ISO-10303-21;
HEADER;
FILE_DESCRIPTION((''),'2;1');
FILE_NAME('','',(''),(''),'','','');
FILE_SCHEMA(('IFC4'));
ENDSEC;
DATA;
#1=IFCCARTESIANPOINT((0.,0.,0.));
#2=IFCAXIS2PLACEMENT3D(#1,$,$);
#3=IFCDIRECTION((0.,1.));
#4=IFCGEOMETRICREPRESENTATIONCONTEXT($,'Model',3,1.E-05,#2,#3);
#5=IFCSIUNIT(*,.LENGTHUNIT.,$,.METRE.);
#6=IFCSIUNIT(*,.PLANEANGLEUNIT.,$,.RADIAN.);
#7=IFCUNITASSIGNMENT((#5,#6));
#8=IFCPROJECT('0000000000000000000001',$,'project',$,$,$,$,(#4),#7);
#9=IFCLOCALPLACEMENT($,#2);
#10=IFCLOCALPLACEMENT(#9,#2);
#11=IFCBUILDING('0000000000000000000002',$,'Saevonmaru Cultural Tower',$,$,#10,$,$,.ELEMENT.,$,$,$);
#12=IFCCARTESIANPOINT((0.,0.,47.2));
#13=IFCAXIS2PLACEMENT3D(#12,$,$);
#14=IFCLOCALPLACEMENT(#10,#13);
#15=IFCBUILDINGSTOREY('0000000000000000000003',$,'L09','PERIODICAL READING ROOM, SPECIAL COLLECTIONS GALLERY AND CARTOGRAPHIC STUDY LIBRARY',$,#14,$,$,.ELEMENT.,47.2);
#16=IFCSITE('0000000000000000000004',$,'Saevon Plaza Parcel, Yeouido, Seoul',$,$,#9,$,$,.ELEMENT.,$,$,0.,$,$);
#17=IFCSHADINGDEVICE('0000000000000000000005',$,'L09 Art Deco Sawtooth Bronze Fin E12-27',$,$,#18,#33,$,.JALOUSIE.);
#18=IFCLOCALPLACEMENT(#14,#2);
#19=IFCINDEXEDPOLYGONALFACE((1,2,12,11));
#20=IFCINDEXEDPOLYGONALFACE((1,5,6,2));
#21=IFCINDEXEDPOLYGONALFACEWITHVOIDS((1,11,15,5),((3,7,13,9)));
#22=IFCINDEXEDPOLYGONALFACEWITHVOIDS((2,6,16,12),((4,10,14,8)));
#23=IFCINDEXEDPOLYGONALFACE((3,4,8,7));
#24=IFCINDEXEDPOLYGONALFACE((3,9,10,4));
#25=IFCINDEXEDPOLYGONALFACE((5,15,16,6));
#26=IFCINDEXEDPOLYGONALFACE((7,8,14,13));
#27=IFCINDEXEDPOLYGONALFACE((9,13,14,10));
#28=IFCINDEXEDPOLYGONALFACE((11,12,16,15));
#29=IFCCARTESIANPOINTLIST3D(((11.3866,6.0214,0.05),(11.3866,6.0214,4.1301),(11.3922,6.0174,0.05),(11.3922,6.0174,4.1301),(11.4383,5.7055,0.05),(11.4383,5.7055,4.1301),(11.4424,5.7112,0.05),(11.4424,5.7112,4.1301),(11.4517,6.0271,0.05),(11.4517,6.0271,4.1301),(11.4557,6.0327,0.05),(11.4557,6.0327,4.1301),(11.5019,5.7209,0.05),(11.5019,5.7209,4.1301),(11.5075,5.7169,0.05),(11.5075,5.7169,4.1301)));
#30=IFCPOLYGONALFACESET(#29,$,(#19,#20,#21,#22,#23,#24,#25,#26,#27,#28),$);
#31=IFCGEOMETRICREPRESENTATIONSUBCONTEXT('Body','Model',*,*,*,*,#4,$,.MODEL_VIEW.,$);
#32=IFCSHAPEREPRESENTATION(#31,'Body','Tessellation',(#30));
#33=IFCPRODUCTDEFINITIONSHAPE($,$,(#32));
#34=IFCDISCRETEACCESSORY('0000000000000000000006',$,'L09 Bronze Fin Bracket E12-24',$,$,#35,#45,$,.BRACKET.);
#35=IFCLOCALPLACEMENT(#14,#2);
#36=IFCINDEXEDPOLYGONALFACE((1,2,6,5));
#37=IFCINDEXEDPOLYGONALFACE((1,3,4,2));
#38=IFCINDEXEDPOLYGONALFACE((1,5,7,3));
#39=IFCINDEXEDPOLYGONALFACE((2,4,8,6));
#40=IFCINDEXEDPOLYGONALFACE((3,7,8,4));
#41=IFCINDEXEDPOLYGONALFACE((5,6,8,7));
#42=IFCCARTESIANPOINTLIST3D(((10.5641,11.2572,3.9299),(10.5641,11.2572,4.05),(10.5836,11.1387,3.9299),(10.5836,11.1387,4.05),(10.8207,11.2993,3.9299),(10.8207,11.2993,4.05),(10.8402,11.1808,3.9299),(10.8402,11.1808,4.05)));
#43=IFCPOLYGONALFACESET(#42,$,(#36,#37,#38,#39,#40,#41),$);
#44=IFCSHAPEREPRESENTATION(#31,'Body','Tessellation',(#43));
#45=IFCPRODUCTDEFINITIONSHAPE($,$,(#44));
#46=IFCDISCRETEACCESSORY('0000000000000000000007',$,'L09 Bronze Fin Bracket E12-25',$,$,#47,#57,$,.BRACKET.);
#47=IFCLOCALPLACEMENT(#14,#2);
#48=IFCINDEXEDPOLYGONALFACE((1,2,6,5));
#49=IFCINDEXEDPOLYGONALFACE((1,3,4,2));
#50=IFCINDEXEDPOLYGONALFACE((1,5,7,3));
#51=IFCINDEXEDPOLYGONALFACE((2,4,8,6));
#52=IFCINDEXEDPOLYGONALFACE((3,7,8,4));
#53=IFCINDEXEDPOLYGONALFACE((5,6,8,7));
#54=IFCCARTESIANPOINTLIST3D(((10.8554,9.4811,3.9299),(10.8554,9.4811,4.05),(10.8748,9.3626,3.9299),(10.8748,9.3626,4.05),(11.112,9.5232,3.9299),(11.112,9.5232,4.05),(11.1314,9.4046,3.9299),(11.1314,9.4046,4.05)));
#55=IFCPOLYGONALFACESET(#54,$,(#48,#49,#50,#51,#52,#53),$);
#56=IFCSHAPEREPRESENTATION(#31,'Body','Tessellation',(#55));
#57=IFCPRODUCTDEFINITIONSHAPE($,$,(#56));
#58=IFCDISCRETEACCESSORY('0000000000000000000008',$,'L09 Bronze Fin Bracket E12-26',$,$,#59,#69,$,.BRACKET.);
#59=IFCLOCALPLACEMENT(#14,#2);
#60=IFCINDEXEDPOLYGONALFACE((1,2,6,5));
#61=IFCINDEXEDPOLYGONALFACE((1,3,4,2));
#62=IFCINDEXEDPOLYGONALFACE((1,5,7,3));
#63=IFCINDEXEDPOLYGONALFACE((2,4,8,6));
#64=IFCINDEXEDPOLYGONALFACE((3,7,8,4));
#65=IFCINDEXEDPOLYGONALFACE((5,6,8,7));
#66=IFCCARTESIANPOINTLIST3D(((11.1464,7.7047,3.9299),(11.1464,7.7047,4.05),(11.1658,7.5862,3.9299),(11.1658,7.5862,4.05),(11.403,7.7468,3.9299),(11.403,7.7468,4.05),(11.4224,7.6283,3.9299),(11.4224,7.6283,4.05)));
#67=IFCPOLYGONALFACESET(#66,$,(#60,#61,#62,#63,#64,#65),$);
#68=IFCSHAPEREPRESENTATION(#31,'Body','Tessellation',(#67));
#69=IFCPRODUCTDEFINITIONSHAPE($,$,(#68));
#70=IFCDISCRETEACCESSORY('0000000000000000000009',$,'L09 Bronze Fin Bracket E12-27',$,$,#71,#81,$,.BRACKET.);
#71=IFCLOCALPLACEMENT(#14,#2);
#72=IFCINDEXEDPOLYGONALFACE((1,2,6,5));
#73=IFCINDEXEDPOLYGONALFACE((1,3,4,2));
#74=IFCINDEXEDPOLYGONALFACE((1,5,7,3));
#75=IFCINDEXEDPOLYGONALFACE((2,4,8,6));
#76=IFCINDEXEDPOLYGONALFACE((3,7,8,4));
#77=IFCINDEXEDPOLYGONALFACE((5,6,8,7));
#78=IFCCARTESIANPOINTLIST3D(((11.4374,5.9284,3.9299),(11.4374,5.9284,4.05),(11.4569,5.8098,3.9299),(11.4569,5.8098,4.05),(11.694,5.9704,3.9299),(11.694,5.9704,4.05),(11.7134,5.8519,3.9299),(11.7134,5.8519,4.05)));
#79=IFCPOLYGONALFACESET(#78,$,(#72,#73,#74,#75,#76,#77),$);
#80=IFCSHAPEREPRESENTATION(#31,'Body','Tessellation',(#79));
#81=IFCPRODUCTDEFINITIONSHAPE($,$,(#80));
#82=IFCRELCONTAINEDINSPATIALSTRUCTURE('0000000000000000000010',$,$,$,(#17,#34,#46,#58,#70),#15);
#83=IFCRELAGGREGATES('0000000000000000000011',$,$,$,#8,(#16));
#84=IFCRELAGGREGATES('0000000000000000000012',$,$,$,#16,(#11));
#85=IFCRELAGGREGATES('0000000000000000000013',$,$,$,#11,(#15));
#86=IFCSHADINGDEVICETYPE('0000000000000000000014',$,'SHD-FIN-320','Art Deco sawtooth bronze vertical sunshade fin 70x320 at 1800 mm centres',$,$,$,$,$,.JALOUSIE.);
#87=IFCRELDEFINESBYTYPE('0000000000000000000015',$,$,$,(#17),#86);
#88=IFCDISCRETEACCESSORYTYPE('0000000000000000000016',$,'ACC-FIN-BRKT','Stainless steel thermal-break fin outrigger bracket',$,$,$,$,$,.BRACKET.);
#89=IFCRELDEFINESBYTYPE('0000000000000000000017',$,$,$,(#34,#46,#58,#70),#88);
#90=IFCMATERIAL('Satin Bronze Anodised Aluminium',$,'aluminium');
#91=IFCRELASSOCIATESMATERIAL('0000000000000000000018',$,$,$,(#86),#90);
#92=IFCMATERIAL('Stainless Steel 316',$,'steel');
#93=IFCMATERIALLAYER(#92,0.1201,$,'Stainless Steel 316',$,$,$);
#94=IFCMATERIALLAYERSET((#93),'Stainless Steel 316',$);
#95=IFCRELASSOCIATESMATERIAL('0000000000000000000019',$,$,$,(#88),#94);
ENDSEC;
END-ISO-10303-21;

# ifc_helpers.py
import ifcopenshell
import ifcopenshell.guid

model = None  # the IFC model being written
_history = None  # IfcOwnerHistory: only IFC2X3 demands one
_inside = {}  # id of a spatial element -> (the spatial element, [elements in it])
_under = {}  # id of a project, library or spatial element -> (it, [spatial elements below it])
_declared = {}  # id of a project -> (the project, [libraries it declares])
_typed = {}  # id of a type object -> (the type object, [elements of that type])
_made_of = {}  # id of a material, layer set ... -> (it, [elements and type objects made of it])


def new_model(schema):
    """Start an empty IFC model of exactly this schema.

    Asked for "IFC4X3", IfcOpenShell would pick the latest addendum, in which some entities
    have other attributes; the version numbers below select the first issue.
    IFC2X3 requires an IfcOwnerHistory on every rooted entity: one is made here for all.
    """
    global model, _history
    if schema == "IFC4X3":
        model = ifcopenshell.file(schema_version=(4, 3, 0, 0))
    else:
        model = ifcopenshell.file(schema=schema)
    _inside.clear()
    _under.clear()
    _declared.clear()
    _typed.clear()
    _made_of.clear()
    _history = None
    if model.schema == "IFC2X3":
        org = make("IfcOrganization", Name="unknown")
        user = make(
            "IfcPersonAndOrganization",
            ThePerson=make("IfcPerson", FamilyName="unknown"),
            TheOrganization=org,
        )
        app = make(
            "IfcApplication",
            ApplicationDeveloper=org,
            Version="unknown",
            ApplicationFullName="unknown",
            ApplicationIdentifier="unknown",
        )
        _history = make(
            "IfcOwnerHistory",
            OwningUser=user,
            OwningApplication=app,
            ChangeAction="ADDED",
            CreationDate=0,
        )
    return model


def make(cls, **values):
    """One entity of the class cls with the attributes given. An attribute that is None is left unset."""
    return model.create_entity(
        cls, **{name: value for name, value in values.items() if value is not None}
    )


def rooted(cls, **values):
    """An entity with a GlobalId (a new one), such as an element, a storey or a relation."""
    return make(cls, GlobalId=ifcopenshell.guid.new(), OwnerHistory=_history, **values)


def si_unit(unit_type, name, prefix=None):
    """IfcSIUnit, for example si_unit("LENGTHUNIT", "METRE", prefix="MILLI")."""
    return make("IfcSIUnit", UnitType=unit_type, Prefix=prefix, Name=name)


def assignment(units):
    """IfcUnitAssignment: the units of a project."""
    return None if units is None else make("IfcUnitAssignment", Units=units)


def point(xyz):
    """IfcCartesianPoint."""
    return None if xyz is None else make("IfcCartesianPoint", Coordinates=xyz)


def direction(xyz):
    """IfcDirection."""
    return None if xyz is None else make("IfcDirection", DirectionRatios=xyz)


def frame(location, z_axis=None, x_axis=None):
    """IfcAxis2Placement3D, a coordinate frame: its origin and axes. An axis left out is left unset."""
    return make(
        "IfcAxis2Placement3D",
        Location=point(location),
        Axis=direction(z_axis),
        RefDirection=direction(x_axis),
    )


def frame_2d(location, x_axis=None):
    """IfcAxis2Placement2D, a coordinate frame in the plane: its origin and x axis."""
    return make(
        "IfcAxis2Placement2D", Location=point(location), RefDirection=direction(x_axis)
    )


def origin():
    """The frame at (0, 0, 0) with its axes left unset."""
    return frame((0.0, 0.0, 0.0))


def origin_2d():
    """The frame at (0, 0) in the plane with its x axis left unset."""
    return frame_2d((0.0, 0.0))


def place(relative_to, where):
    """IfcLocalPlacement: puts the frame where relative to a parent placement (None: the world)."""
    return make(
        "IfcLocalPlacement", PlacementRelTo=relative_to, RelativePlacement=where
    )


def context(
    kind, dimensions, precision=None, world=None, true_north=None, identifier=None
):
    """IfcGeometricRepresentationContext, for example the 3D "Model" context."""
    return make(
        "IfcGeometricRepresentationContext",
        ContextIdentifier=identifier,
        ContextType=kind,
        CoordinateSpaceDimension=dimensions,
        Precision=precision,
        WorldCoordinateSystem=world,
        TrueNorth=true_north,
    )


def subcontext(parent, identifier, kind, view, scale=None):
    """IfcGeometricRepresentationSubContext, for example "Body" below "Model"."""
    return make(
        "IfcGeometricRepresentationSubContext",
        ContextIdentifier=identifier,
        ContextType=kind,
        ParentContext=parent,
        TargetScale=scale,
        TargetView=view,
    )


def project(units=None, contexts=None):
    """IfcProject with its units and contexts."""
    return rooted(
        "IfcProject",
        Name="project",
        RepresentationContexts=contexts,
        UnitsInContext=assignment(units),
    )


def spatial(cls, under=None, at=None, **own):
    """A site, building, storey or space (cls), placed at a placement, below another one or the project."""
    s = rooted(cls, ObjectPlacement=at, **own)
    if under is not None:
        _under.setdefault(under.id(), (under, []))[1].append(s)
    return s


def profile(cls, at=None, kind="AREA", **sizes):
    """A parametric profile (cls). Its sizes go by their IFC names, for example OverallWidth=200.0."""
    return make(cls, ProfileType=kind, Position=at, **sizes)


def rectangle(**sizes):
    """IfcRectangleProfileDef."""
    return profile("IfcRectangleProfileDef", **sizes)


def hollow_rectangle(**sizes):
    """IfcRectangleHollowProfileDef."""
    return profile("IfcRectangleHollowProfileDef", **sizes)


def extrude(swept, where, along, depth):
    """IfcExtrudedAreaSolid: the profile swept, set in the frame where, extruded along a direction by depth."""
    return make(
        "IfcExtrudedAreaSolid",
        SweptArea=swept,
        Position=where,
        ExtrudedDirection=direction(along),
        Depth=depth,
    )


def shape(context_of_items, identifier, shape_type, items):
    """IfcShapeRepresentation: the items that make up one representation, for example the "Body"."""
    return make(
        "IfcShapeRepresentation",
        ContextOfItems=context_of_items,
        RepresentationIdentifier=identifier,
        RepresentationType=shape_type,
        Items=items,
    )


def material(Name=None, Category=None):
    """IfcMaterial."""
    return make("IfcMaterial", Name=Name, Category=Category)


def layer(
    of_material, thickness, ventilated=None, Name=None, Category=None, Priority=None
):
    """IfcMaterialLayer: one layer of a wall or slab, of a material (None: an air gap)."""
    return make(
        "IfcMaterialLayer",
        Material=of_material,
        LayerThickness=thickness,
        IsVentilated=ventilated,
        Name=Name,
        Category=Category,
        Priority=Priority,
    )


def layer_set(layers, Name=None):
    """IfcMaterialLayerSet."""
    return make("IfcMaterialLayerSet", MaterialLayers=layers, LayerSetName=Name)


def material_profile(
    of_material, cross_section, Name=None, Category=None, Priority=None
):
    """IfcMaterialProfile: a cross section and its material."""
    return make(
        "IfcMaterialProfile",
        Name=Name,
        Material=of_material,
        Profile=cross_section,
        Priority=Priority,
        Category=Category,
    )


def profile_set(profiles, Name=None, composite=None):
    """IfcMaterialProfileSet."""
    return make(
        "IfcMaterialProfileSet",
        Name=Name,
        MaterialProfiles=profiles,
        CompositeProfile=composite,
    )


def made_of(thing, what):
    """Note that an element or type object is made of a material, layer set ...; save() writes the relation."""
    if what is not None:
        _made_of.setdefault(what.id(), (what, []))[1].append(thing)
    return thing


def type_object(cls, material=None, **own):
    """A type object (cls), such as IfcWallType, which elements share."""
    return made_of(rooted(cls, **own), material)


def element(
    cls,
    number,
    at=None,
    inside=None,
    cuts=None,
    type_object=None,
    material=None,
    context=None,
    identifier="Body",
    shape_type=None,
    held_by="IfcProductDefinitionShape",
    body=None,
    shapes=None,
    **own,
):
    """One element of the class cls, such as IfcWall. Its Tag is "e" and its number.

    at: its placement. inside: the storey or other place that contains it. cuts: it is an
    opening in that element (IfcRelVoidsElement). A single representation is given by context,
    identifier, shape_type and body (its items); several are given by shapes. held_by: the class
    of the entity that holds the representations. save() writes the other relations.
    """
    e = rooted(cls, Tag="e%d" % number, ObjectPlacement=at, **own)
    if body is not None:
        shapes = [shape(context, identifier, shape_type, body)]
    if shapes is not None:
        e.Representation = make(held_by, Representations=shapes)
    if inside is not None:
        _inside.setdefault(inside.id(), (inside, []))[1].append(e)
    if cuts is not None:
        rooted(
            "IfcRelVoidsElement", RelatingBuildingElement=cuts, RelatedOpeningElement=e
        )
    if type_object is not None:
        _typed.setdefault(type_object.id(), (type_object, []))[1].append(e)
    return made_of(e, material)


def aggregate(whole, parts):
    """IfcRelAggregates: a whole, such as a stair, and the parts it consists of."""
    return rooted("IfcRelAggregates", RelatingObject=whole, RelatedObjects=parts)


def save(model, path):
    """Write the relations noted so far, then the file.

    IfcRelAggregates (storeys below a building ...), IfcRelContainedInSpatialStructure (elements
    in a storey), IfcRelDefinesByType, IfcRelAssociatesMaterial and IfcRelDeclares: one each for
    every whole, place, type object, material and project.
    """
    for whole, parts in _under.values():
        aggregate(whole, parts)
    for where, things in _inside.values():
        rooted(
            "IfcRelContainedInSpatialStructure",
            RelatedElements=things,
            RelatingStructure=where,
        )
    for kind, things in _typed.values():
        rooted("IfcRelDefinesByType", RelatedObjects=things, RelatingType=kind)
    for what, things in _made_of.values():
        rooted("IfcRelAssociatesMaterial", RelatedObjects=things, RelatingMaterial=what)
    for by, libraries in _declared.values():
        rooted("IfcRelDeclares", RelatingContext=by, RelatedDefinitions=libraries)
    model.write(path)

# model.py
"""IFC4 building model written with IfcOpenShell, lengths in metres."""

from ifc_helpers import new_model, si_unit, direction, frame, origin, origin_2d, place, context, subcontext, project, spatial, rectangle, hollow_rectangle, extrude, material, layer, layer_set, material_profile, profile_set, type_object, element, save


model = new_model("IFC4")

# Units and contexts
model_context = context("Model", 3, precision=1e-05, world=origin(), true_north=direction((0.0, 1.0)))
body_context = subcontext(model_context, "Body", "Model", "MODEL_VIEW")
ifc_project = project(units=[si_unit("LENGTHUNIT", "METRE"), si_unit("PLANEANGLEUNIT", "RADIAN")], contexts=[model_context])

# Site, building, storey
site_placement = place(None, origin())
site = spatial("IfcSite", under=ifc_project, at=site_placement, Name="Saevon Plaza Parcel, Yeouido, Seoul", CompositionType="ELEMENT", RefElevation=0.0)
building_placement = place(site_placement, origin())
building = spatial("IfcBuilding", under=site, at=building_placement, Name="Saevonmaru Cultural Tower", CompositionType="ELEMENT")
storey_placement = place(building_placement, frame((0.0, 0.0, 47.2)))
storey = spatial("IfcBuildingStorey", under=building, at=storey_placement, Name="L09", Description="PERIODICAL READING ROOM, SPECIAL COLLECTIONS GALLERY AND CARTOGRAPHIC STUDY LIBRARY", CompositionType="ELEMENT", Elevation=47.2)

# Shared definitions
ifc_material_1 = material(Name="Satin Bronze Anodised Aluminium", Category="aluminium")

# Shading device
ifc_material_profile_1 = material_profile(ifc_material_1, hollow_rectangle(XDim=0.0701, YDim=0.3201, WallThickness=0.0049, at=origin_2d()), Name="FIN-320x70")
ifc_profile_set_1 = profile_set([ifc_material_profile_1], Name="Satin Bronze Anodised Aluminium")
shading_device_type = type_object("IfcShadingDeviceType", Name="SHD-FIN-320", Description="Art Deco sawtooth bronze vertical sunshade fin 70x320 at 1800 mm centres", PredefinedType="JALOUSIE", material=ifc_profile_set_1)
for number, where, z_axis, x_axis, name in (
    (1, (11.447, 5.8691, 0.05), (0.0, 0.0, 1.0), (-0.986827, -0.161776, 0.0), "L09 Art Deco Sawtooth Bronze Fin E12-27"),
):
    element("IfcShadingDevice", number, at=place(storey_placement, frame(where, z_axis=z_axis, x_axis=x_axis)), inside=storey, type_object=shading_device_type, Name=name, PredefinedType="JALOUSIE", context=body_context, shape_type="SweptSolid", body=[
        extrude(hollow_rectangle(XDim=0.0701, YDim=0.3201, WallThickness=0.0049, at=origin_2d()), origin(), (0.0, 0.0, 1.0), 4.0801),
    ])

# Discrete accessories
ifc_material_2 = material(Name="Stainless Steel 316", Category="steel")
ifc_layer_1 = layer(ifc_material_2, 0.1201, Name="Stainless Steel 316")
ifc_layer_set_1 = layer_set([ifc_layer_1], Name="Stainless Steel 316")
discrete_accessory_type = type_object("IfcDiscreteAccessoryType", Name="ACC-FIN-BRKT", Description="Stainless steel thermal-break fin outrigger bracket", PredefinedType="BRACKET", material=ifc_layer_set_1)
for number, where, z_axis, x_axis, name in (
    (2, (10.7021, 11.219, 3.9299), (0.0, 0.0, 1.0), (-0.986827, -0.161776, 0.0), "L09 Bronze Fin Bracket E12-24"),
    (3, (10.9934, 9.4429, 3.9299), (0.0, 0.0, 1.0), (-0.986827, -0.161776, 0.0), "L09 Bronze Fin Bracket E12-25"),
    (4, (11.2844, 7.6665, 3.9299), (0.0, 0.0, 1.0), (-0.986827, -0.161776, 0.0), "L09 Bronze Fin Bracket E12-26"),
    (5, (11.5754, 5.8901, 3.9299), (0.0, 0.0, 1.0), (-0.986827, -0.161776, 0.0), "L09 Bronze Fin Bracket E12-27"),
):
    element("IfcDiscreteAccessory", number, at=place(storey_placement, frame(where, z_axis=z_axis, x_axis=x_axis)), inside=storey, type_object=discrete_accessory_type, Name=name, PredefinedType="BRACKET", context=body_context, shape_type="SweptSolid", body=[
        extrude(rectangle(XDim=0.26, YDim=0.1201, at=origin_2d()), origin(), (0.0, 0.0, 1.0), 0.1201),
    ])

save(model, "model.ifc")
